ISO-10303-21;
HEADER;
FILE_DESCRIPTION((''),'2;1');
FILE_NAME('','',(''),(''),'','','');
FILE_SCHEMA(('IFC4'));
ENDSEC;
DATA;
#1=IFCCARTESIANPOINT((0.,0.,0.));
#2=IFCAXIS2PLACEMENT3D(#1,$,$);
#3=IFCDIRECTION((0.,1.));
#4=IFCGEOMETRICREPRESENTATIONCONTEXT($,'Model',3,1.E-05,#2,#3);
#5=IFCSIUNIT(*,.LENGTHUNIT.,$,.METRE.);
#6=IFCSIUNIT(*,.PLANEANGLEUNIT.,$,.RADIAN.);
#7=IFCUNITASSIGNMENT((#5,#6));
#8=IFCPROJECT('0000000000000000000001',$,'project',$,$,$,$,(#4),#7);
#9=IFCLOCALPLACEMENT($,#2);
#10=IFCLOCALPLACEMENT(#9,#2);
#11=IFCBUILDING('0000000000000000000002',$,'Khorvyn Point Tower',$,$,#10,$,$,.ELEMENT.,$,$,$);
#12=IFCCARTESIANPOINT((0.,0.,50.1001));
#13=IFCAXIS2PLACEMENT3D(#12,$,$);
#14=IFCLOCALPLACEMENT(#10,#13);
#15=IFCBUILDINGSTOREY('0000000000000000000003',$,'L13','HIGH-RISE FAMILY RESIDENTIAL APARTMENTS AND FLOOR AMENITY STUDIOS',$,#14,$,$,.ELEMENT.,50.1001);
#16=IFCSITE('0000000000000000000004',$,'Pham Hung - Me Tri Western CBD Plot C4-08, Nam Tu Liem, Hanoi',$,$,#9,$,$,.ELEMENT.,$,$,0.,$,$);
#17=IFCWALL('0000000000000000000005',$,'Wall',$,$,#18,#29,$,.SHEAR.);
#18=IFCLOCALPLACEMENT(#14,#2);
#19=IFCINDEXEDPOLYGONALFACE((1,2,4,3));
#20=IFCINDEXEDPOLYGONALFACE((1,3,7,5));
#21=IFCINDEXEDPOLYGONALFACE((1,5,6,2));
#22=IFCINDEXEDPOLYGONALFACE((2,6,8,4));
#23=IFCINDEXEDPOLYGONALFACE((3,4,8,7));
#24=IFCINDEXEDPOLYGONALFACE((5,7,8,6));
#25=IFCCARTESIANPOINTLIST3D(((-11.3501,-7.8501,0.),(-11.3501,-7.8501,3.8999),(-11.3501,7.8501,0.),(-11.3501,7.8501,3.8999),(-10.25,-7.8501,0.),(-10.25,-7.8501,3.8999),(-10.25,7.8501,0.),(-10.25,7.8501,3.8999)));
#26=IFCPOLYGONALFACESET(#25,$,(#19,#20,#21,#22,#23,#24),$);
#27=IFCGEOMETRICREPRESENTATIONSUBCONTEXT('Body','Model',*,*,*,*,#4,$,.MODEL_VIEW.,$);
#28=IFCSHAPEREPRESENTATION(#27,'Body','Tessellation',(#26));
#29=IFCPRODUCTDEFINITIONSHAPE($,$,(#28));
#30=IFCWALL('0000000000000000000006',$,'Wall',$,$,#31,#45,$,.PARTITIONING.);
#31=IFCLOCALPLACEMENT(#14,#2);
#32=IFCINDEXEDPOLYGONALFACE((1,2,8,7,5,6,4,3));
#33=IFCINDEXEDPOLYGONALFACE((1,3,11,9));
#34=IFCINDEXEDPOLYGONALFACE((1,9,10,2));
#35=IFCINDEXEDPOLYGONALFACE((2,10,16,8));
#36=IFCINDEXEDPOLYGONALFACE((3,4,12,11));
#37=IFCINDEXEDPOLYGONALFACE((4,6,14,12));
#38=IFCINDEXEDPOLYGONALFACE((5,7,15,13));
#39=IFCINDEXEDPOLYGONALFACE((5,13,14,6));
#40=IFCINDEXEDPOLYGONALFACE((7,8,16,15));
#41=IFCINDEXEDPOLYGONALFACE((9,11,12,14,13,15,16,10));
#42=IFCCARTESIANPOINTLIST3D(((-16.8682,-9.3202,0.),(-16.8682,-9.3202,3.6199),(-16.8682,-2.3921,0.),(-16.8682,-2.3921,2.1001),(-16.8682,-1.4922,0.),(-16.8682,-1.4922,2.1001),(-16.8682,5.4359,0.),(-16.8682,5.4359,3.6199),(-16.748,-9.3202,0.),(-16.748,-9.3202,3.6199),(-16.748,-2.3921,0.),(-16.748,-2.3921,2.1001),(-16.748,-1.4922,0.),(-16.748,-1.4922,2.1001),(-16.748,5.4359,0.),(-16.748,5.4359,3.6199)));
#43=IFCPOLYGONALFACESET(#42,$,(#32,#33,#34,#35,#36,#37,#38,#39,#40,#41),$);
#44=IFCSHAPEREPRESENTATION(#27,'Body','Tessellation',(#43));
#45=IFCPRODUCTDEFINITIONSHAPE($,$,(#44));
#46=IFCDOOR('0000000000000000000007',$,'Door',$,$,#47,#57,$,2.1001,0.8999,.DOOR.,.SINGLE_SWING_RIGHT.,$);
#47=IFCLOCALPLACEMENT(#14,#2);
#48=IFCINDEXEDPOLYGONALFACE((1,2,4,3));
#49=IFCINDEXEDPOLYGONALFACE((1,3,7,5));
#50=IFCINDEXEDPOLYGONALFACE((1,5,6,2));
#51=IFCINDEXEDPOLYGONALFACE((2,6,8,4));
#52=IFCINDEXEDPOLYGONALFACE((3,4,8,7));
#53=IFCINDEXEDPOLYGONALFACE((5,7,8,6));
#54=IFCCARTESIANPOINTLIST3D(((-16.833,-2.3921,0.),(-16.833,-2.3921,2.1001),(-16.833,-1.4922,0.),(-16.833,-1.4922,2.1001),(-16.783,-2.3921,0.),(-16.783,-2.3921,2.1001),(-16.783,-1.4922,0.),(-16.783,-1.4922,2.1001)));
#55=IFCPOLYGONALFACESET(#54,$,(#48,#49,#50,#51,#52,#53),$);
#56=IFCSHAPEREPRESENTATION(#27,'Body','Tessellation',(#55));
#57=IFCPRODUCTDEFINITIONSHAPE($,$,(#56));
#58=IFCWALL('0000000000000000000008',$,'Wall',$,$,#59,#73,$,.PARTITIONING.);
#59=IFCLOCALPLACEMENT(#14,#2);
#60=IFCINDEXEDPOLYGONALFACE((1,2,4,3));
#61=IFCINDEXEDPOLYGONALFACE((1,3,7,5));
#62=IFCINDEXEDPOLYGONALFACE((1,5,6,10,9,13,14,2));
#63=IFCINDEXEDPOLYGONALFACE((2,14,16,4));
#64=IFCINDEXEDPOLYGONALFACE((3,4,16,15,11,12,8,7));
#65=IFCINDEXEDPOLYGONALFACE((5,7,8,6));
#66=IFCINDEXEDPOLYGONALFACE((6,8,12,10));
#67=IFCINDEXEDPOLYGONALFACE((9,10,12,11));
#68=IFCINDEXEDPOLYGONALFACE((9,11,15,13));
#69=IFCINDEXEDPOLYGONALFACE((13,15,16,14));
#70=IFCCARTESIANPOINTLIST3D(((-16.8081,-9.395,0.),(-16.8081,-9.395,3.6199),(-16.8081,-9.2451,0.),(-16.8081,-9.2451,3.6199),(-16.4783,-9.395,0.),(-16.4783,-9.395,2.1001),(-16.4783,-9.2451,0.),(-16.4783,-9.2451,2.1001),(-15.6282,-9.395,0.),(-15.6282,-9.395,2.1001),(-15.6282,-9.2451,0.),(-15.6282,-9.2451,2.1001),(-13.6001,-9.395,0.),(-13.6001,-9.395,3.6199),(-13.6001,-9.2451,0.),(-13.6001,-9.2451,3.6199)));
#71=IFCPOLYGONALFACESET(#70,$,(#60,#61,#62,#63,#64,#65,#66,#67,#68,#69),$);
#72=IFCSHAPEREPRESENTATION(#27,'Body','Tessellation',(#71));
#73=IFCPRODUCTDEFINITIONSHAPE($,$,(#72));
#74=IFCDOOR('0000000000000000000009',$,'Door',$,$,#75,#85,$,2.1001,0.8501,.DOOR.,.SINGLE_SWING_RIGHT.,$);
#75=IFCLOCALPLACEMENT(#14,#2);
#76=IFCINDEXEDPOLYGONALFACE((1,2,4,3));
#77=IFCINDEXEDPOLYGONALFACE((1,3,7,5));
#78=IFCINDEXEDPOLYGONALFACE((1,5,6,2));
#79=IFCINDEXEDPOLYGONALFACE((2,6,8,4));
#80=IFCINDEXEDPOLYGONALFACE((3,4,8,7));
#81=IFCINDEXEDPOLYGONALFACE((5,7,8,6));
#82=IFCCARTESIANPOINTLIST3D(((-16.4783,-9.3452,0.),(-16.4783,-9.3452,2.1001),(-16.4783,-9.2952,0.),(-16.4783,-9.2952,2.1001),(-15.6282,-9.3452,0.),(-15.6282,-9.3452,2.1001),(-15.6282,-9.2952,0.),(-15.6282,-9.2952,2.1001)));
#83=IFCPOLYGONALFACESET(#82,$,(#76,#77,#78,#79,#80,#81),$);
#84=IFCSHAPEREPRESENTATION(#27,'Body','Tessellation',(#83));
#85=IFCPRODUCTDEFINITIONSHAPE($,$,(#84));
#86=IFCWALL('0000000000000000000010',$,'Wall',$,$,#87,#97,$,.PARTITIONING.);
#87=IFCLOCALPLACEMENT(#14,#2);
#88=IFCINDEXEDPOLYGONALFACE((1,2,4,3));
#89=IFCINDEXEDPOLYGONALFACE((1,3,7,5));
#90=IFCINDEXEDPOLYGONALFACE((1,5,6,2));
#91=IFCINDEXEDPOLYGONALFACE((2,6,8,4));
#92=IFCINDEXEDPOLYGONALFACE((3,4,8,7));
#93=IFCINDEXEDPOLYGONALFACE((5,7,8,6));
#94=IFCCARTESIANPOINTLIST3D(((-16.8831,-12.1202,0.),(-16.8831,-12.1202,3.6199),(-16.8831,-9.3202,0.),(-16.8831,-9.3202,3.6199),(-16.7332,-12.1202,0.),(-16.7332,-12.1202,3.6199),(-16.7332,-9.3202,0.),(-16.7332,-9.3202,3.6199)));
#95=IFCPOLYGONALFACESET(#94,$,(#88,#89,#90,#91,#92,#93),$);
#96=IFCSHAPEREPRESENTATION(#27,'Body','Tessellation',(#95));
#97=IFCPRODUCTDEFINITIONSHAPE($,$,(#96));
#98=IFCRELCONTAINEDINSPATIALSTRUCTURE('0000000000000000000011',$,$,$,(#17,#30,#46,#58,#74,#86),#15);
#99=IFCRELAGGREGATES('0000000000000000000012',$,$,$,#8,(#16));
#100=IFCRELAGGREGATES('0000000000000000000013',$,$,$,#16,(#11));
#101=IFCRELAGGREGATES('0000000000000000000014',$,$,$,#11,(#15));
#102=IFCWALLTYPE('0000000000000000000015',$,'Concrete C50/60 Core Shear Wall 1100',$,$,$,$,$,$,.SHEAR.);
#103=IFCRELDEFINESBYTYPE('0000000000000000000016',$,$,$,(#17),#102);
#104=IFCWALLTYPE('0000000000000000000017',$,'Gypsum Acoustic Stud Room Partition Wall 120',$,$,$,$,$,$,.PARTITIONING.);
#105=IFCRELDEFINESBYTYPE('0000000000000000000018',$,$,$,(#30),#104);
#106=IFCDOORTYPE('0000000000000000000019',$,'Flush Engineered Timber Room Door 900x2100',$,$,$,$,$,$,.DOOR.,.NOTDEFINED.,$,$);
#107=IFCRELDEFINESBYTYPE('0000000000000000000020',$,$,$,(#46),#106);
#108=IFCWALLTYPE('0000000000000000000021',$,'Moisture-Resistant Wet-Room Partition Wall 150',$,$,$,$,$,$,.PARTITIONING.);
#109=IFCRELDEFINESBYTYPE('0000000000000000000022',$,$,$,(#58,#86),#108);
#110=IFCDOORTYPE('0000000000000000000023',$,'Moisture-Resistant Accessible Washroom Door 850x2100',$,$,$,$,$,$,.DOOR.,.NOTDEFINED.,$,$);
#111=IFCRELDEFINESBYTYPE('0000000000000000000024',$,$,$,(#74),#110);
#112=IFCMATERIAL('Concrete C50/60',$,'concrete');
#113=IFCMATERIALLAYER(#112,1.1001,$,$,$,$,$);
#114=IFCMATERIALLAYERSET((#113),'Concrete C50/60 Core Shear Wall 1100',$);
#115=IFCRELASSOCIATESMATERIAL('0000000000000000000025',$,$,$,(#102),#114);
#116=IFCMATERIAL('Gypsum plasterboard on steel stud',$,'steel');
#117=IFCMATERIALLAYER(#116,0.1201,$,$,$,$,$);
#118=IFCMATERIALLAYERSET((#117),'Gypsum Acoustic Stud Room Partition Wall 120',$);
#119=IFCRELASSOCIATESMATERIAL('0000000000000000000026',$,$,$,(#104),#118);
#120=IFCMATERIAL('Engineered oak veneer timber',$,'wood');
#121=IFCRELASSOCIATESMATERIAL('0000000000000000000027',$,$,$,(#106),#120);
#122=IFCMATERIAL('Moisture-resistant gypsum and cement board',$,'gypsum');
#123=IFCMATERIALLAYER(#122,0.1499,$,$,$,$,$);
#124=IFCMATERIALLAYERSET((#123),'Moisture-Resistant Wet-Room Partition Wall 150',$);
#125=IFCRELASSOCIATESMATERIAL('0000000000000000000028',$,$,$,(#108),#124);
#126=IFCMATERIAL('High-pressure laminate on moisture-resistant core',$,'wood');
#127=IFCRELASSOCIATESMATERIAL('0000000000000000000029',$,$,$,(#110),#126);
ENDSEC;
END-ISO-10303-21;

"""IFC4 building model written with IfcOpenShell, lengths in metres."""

from ifc_helpers import new_model, si_unit, direction, frame, frame_2d, origin, place, context, subcontext, project, spatial, rectangle, extrude, material, layer, layer_set, type_object, element, fill, save


model = new_model("IFC4")

# Units and contexts
model_context = context("Model", 3, precision=1e-05, world=origin(), true_north=direction((0.0, 1.0)))
body_context = subcontext(model_context, "Body", "Model", "MODEL_VIEW")
ifc_project = project(units=[si_unit("LENGTHUNIT", "METRE"), si_unit("PLANEANGLEUNIT", "RADIAN")], contexts=[model_context])

# Site, building, storey
site_placement = place(None, origin())
site = spatial("IfcSite", under=ifc_project, at=site_placement, Name="Pham Hung - Me Tri Western CBD Plot C4-08, Nam Tu Liem, Hanoi", CompositionType="ELEMENT", RefElevation=0.0)
building_placement = place(site_placement, origin())
building = spatial("IfcBuilding", under=site, at=building_placement, Name="Khorvyn Point Tower", CompositionType="ELEMENT")
storey_placement = place(building_placement, frame((0.0, 0.0, 50.1001)))
storey = spatial("IfcBuildingStorey", under=building, at=storey_placement, Name="L13", Description="HIGH-RISE FAMILY RESIDENTIAL APARTMENTS AND FLOOR AMENITY STUDIOS", CompositionType="ELEMENT", Elevation=50.1001)

# Shared definitions
ifc_material_1 = material(Name="Concrete C50/60", Category="concrete")

# Wall
ifc_layer_1 = layer(ifc_material_1, 1.1001)
ifc_layer_set_1 = layer_set([ifc_layer_1], Name="Concrete C50/60 Core Shear Wall 1100")
wall_type_1 = type_object("IfcWallType", Name="Concrete C50/60 Core Shear Wall 1100", PredefinedType="SHEAR", material=ifc_layer_set_1)
wall_1_placement = place(storey_placement, frame((-10.8, -7.8501, 0.0), z_axis=(0.0, 0.0, 1.0), x_axis=(0.0, 1.0, 0.0)))
element("IfcWall", 1, at=wall_1_placement, inside=storey, type_object=wall_type_1, Name="Wall", PredefinedType="SHEAR", context=body_context, shape_type="SweptSolid", body=[
    extrude(rectangle(XDim=15.7002, YDim=1.1001, at=frame_2d((7.8501, 0.0))), origin(), (0.0, 0.0, 1.0), 3.8999),
])

# Walls, openings, doors
ifc_material_2 = material(Name="Gypsum plasterboard on steel stud", Category="steel")
ifc_layer_2 = layer(ifc_material_2, 0.1201)
ifc_layer_set_2 = layer_set([ifc_layer_2], Name="Gypsum Acoustic Stud Room Partition Wall 120")
wall_type_2 = type_object("IfcWallType", Name="Gypsum Acoustic Stud Room Partition Wall 120", PredefinedType="PARTITIONING", material=ifc_layer_set_2)
wall_2_placement = place(storey_placement, frame((-16.8081, -9.3201, 0.0), z_axis=(0.0, 0.0, 1.0), x_axis=(0.0, 1.0, 0.0)))
wall_2 = element("IfcWall", 2, at=wall_2_placement, inside=storey, type_object=wall_type_2, Name="Wall", PredefinedType="PARTITIONING", context=body_context, shape_type="SweptSolid", body=[
    extrude(rectangle(XDim=14.7561, YDim=0.1201, at=frame_2d((7.3779, 0.0))), origin(), (0.0, 0.0, 1.0), 3.6199),
])
opening_1_placement = place(wall_2_placement, frame((6.928, 0.0, 0.0)))
opening_1 = element("IfcOpeningElement", 3, at=opening_1_placement, cuts=wall_2, PredefinedType="OPENING", context=body_context, shape_type="SweptSolid", body=[
    extrude(rectangle(XDim=0.8999, YDim=2.1001, at=frame_2d((0.45, 1.05))), frame((0.0, 0.0701, 0.0), z_axis=(0.0, -1.0, 0.0), x_axis=(1.0, 0.0, 0.0)), (0.0, 0.0, 1.0), 0.1401),
])
ifc_material_3 = material(Name="Engineered oak veneer timber", Category="wood")
door_type_1 = type_object("IfcDoorType", Name="Flush Engineered Timber Room Door 900x2100", OperationType="NOTDEFINED", PredefinedType="DOOR", material=ifc_material_3)
door_1_placement = place(opening_1_placement, origin())
door_1 = element("IfcDoor", 4, at=door_1_placement, inside=storey, type_object=door_type_1, Name="Door", OperationType="SINGLE_SWING_RIGHT", OverallHeight=2.1001, OverallWidth=0.8999, PredefinedType="DOOR", context=body_context, shape_type="SweptSolid", body=[
    extrude(rectangle(XDim=0.8999, YDim=2.1001, at=frame_2d((0.45, 1.05))), frame((0.0, 0.0249, 0.0), z_axis=(0.0, -1.0, 0.0), x_axis=(1.0, 0.0, 0.0)), (0.0, 0.0, 1.0), 0.05),
])
fill(opening_1, door_1)
ifc_material_4 = material(Name="Moisture-resistant gypsum and cement board", Category="gypsum")
ifc_layer_3 = layer(ifc_material_4, 0.1499)
ifc_layer_set_3 = layer_set([ifc_layer_3], Name="Moisture-Resistant Wet-Room Partition Wall 150")
wall_type_3 = type_object("IfcWallType", Name="Moisture-Resistant Wet-Room Partition Wall 150", PredefinedType="PARTITIONING", material=ifc_layer_set_3)
wall_3_placement = place(storey_placement, frame((-16.8081, -9.3201, 0.0), z_axis=(0.0, 0.0, 1.0), x_axis=(1.0, 0.0, 0.0)))
wall_3 = element("IfcWall", 5, at=wall_3_placement, inside=storey, type_object=wall_type_3, Name="Wall", PredefinedType="PARTITIONING", context=body_context, shape_type="SweptSolid", body=[
    extrude(rectangle(XDim=3.208, YDim=0.1499, at=frame_2d((1.604, 0.0))), origin(), (0.0, 0.0, 1.0), 3.6199),
])
opening_2_placement = place(wall_3_placement, frame((0.3298, 0.0, 0.0)))
opening_2 = element("IfcOpeningElement", 6, at=opening_2_placement, cuts=wall_3, PredefinedType="OPENING", context=body_context, shape_type="SweptSolid", body=[
    extrude(rectangle(XDim=0.8501, YDim=2.1001, at=frame_2d((0.425, 1.05))), frame((0.0, 0.085, 0.0), z_axis=(0.0, -1.0, 0.0), x_axis=(1.0, 0.0, 0.0)), (0.0, 0.0, 1.0), 0.1699),
])
ifc_material_5 = material(Name="High-pressure laminate on moisture-resistant core", Category="wood")
door_type_2 = type_object("IfcDoorType", Name="Moisture-Resistant Accessible Washroom Door 850x2100", OperationType="NOTDEFINED", PredefinedType="DOOR", material=ifc_material_5)
door_2_placement = place(opening_2_placement, origin())
door_2 = element("IfcDoor", 7, at=door_2_placement, inside=storey, type_object=door_type_2, Name="Door", OperationType="SINGLE_SWING_RIGHT", OverallHeight=2.1001, OverallWidth=0.8501, PredefinedType="DOOR", context=body_context, shape_type="SweptSolid", body=[
    extrude(rectangle(XDim=0.8501, YDim=2.1001, at=frame_2d((0.425, 1.05))), frame((0.0, 0.0249, 0.0), z_axis=(0.0, -1.0, 0.0), x_axis=(1.0, 0.0, 0.0)), (0.0, 0.0, 1.0), 0.05),
])
fill(opening_2, door_2)

# Wall
wall_4_placement = place(storey_placement, frame((-16.8081, -12.1201, 0.0), z_axis=(0.0, 0.0, 1.0), x_axis=(0.0, 1.0, 0.0)))
element("IfcWall", 8, at=wall_4_placement, inside=storey, type_object=wall_type_3, Name="Wall", PredefinedType="PARTITIONING", context=body_context, shape_type="SweptSolid", body=[
    extrude(rectangle(XDim=2.8, YDim=0.1499, at=frame_2d((1.3999, 0.0))), origin(), (0.0, 0.0, 1.0), 3.6199),
])

save(model, "model.ifc")
